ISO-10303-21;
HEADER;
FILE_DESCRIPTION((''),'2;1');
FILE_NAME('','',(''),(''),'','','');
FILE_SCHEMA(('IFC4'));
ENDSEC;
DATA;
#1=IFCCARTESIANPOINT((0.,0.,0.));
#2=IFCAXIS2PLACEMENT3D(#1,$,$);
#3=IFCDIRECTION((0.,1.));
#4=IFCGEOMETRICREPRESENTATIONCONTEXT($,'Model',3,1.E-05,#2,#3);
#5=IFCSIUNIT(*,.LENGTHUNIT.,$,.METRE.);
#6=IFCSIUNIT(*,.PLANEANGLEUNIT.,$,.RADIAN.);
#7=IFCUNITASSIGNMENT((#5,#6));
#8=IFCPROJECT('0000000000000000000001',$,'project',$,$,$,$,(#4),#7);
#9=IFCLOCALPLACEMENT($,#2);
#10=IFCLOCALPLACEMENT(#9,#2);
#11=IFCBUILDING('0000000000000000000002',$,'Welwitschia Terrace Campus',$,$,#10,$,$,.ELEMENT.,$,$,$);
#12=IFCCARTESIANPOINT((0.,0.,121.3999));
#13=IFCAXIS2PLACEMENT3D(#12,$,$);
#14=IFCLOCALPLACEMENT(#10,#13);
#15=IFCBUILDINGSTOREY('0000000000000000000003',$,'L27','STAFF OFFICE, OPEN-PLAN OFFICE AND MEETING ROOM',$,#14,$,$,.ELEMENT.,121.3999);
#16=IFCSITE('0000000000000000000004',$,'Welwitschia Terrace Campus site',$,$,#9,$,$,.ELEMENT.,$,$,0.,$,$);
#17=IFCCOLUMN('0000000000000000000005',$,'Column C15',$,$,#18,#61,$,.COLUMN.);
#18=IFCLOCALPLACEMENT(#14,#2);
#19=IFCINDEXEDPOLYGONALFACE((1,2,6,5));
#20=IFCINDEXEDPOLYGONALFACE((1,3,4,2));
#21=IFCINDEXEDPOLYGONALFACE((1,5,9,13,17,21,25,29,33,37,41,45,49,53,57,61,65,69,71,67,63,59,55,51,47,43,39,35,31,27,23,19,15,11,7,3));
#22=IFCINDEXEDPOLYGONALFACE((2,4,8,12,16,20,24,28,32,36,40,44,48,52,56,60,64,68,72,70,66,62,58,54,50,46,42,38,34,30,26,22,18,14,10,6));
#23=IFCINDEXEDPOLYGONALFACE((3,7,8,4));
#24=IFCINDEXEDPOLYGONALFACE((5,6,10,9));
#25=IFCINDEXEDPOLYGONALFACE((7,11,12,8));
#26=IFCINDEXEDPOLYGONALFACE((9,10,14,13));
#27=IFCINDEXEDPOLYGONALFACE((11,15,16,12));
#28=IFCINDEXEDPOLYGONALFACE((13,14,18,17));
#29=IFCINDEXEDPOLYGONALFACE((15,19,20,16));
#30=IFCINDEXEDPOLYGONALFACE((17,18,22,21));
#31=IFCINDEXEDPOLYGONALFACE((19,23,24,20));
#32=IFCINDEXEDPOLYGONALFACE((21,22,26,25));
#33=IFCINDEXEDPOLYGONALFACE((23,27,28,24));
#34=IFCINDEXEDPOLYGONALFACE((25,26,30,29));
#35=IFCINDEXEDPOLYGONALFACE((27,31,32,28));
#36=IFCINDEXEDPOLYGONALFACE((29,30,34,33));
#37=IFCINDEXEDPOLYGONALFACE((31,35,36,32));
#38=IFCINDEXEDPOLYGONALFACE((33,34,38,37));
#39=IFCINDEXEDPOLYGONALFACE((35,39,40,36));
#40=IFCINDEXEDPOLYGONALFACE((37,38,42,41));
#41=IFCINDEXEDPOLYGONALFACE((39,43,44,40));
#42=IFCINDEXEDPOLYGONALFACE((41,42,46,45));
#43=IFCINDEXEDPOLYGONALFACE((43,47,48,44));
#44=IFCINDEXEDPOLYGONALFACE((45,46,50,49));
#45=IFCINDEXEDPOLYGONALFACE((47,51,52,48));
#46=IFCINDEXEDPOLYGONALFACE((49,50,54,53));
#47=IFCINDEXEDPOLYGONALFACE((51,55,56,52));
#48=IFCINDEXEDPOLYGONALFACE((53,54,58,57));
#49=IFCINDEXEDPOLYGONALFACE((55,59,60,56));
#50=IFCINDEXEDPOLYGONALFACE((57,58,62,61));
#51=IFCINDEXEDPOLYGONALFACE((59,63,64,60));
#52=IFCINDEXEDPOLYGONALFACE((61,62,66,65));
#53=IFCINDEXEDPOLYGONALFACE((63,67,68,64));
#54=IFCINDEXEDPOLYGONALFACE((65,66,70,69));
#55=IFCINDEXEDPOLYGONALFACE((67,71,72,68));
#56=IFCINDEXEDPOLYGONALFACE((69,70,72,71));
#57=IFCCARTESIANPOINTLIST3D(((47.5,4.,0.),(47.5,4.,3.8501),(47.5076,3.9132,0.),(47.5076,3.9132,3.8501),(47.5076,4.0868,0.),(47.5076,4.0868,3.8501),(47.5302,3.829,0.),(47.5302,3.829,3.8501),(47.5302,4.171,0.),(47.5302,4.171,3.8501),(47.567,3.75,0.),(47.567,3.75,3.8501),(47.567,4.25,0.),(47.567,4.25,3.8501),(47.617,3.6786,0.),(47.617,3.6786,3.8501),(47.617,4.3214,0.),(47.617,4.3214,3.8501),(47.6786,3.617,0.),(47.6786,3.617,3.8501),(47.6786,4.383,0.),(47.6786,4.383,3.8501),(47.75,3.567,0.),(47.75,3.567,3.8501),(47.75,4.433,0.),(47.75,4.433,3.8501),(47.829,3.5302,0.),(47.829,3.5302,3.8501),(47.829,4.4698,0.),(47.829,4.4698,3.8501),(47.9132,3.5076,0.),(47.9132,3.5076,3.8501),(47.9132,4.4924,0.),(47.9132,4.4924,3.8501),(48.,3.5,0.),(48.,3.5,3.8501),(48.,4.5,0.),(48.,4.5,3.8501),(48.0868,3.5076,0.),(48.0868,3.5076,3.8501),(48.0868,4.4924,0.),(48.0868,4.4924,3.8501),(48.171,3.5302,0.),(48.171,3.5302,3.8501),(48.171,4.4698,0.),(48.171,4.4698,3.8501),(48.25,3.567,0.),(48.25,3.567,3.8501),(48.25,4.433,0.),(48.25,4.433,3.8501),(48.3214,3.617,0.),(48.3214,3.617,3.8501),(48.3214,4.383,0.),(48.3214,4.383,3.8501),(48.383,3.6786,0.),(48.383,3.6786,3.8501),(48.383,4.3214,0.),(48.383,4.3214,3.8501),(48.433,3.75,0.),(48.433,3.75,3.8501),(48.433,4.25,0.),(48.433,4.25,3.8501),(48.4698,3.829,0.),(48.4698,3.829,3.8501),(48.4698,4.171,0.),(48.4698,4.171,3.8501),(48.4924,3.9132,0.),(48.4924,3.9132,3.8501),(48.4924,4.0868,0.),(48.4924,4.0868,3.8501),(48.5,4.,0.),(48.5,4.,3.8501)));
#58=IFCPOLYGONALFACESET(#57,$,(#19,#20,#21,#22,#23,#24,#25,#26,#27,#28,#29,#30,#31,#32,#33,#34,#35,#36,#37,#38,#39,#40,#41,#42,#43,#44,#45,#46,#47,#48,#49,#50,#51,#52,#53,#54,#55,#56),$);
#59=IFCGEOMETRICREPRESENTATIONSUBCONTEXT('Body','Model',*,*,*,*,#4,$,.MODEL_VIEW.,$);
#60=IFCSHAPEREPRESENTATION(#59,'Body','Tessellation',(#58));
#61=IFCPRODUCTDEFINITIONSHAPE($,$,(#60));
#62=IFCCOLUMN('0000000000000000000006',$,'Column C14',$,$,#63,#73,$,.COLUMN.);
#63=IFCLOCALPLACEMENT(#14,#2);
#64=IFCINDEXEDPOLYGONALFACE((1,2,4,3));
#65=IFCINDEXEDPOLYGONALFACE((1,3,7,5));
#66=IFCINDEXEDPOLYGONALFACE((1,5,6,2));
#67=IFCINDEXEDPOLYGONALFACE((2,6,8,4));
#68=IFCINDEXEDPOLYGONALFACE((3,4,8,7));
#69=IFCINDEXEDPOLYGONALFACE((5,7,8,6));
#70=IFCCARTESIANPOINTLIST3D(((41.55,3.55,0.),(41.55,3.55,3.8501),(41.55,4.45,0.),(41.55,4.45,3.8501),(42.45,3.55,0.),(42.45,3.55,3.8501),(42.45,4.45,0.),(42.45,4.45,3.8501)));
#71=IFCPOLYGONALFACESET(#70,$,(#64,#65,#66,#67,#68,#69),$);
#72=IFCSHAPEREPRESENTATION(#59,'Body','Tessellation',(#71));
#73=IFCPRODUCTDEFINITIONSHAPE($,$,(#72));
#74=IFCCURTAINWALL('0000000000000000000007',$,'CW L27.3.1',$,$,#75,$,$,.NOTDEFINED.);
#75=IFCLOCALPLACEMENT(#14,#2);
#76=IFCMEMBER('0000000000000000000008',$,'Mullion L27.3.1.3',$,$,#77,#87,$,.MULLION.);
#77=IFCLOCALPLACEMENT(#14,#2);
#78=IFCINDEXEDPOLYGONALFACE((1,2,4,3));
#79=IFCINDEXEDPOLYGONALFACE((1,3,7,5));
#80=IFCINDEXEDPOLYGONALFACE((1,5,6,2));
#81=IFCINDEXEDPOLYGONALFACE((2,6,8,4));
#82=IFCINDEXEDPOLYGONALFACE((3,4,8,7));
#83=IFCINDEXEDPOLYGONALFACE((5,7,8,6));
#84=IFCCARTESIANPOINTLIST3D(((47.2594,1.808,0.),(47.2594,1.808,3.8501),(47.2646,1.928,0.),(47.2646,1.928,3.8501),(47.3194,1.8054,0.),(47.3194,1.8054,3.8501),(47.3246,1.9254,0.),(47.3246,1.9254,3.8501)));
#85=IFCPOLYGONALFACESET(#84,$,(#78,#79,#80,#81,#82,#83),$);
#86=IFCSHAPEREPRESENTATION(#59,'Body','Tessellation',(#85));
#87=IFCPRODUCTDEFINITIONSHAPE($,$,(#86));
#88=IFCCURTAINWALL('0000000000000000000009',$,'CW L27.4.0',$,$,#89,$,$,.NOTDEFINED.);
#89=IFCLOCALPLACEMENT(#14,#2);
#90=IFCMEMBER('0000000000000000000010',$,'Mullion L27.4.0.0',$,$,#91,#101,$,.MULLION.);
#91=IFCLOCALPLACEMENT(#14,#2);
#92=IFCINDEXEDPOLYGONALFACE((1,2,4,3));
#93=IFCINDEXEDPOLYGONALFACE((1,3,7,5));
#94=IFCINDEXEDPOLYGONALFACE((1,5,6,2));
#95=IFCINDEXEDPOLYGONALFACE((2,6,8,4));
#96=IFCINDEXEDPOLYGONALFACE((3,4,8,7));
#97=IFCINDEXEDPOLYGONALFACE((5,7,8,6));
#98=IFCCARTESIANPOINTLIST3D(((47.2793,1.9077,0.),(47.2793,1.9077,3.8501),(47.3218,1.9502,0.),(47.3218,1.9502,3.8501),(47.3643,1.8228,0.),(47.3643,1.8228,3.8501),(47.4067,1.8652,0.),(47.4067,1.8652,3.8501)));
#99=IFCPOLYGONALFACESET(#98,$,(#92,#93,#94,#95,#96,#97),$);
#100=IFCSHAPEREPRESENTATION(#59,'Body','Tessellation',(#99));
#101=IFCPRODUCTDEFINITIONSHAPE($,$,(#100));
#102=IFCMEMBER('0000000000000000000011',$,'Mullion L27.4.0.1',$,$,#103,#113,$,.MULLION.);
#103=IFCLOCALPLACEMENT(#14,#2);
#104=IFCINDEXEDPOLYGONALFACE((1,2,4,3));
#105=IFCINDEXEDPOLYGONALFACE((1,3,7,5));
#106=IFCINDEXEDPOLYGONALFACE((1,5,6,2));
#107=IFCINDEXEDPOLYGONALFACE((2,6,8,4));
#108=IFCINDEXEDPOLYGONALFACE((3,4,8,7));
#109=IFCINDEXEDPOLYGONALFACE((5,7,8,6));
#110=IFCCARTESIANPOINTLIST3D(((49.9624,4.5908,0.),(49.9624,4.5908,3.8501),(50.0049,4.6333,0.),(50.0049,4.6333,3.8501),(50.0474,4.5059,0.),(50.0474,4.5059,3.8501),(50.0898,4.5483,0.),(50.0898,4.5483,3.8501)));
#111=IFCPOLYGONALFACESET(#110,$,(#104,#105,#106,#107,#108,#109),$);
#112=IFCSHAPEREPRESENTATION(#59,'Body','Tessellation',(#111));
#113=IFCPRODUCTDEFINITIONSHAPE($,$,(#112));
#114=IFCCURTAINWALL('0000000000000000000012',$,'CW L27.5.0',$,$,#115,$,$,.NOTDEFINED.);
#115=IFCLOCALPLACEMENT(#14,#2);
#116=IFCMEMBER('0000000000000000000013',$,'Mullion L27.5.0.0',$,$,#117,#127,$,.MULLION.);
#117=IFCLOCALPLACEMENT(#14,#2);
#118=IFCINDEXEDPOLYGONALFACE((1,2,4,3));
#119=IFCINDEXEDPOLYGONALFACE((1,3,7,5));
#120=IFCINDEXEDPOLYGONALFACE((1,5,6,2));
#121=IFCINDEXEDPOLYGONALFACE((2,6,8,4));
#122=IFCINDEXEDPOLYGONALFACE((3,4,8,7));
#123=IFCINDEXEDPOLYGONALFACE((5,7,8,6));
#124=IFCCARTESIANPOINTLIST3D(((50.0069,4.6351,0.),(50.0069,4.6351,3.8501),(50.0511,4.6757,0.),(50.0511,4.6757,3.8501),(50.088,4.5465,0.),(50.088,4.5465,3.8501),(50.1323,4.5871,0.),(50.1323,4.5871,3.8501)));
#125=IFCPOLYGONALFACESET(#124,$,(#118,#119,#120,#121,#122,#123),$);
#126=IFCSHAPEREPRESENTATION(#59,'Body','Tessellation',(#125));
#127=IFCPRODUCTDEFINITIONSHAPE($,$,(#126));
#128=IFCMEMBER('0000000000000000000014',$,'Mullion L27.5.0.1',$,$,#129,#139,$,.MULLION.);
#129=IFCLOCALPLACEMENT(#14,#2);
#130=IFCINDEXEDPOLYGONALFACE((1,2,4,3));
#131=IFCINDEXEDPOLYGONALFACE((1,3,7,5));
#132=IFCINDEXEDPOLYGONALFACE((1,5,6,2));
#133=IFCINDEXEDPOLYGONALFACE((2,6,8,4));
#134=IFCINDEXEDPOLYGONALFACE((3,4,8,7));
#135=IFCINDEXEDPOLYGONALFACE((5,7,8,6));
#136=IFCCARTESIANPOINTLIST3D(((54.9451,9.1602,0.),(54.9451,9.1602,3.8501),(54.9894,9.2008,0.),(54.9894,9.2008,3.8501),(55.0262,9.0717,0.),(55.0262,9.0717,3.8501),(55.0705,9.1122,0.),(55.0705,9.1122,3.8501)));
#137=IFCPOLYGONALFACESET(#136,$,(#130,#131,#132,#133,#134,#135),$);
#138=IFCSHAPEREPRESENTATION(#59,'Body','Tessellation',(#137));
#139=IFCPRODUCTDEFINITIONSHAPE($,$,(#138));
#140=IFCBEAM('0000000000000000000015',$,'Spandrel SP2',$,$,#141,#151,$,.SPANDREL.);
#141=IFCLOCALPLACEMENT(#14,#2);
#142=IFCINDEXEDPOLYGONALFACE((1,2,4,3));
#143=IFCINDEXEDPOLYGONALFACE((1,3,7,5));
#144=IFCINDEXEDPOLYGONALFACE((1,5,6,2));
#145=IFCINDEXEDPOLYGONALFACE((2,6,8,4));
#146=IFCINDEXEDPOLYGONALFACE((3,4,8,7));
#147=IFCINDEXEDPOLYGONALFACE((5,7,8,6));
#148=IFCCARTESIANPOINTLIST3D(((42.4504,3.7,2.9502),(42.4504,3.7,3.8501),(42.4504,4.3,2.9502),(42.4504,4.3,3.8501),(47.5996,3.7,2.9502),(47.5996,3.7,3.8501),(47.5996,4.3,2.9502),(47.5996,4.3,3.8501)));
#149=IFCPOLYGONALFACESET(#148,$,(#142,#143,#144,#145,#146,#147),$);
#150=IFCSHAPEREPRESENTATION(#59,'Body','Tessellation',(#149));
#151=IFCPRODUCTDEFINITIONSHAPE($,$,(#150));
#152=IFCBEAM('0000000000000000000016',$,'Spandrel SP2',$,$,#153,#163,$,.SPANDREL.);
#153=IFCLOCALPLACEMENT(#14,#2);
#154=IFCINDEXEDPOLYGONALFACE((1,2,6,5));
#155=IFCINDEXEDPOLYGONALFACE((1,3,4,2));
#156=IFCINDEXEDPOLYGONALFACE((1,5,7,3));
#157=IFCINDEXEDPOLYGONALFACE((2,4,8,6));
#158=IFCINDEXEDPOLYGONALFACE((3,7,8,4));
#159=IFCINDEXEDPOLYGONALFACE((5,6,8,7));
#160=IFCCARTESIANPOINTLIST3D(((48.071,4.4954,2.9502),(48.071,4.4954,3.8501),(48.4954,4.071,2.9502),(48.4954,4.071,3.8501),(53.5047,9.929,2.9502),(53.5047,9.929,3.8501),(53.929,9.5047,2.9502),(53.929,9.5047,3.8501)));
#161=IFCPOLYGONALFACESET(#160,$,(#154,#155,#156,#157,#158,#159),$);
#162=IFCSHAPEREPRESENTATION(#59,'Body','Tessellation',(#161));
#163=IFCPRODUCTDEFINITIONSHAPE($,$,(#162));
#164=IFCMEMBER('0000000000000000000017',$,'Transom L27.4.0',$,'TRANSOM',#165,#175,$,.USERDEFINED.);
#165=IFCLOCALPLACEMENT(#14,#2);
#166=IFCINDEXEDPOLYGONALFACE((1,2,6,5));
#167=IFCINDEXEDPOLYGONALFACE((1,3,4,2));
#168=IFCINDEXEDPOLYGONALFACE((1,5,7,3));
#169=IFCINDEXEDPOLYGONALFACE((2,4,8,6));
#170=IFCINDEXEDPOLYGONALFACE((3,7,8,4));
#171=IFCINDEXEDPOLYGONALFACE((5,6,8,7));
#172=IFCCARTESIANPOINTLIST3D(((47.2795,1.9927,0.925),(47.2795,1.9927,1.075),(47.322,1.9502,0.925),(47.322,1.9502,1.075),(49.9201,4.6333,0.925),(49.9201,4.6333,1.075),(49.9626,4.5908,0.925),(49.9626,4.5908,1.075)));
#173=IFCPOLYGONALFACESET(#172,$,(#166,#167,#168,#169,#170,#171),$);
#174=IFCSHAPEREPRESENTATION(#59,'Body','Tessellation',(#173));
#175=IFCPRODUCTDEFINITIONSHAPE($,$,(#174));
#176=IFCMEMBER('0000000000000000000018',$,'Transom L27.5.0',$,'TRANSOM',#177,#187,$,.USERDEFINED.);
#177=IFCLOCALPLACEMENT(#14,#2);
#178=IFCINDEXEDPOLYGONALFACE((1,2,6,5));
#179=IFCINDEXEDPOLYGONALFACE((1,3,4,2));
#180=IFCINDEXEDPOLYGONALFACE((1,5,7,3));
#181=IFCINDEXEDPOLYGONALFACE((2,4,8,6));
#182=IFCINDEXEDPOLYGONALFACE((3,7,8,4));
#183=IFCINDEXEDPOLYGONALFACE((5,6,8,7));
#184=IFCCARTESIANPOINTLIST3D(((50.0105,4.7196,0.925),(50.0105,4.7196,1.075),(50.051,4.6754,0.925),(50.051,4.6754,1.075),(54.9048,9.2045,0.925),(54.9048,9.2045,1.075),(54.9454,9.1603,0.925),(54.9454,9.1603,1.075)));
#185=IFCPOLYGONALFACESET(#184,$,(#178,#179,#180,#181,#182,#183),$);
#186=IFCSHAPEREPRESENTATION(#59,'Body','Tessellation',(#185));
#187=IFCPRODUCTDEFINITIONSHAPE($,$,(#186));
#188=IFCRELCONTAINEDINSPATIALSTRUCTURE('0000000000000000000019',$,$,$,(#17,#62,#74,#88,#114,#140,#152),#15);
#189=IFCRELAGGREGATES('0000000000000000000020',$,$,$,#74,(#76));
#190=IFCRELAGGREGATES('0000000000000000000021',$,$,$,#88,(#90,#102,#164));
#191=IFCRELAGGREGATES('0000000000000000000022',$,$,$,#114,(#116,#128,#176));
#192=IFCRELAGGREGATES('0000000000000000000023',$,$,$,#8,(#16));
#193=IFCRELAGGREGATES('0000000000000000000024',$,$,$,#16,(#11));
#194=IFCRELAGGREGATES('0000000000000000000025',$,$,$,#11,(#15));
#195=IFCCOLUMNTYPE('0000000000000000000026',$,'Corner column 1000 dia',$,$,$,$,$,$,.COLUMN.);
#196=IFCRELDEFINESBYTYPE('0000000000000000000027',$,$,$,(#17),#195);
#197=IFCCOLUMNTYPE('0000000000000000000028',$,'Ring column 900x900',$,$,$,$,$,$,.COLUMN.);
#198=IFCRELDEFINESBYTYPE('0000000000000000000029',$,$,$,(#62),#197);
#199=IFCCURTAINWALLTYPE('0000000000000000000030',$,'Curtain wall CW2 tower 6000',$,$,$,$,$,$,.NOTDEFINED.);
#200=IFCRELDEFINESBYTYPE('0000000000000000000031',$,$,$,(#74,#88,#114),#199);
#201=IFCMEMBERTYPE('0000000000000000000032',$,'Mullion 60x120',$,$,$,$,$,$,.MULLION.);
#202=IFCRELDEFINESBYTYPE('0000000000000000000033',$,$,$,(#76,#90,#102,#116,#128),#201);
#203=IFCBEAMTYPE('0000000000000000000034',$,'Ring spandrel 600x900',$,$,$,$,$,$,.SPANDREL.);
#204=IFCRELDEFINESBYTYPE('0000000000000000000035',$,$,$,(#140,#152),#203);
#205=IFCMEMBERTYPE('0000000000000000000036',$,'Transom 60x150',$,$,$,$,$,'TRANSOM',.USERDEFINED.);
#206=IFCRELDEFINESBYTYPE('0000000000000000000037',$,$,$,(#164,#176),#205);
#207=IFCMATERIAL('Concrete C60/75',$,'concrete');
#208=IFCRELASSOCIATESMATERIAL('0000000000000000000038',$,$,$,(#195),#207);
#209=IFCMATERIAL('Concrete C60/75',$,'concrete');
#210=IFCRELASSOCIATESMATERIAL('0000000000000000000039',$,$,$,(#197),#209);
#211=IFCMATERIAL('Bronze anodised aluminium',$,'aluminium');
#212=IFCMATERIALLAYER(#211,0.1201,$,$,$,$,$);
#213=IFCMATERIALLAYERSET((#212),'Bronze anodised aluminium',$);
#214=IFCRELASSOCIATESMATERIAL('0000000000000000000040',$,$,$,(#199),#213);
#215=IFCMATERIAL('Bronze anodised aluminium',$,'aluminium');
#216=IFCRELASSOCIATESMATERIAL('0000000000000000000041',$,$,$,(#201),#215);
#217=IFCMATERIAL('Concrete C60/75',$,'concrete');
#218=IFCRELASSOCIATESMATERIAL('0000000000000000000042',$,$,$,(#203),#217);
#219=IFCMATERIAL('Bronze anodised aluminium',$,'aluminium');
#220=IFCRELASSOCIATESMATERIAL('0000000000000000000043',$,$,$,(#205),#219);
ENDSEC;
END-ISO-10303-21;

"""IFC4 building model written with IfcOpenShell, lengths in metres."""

from ifc_helpers import new_model, si_unit, direction, frame, origin, origin_2d, place, context, subcontext, project, spatial, rectangle, circle, extrude, material, layer, layer_set, material_profile, profile_set, type_object, element, aggregate, save


model = new_model("IFC4")

# Units and contexts
model_context = context("Model", 3, precision=1e-05, world=origin(), true_north=direction((0.0, 1.0)))
body_context = subcontext(model_context, "Body", "Model", "MODEL_VIEW")
ifc_project = project(units=[si_unit("LENGTHUNIT", "METRE"), si_unit("PLANEANGLEUNIT", "RADIAN")], contexts=[model_context])

# Site, building, storey
site_placement = place(None, origin())
site = spatial("IfcSite", under=ifc_project, at=site_placement, Name="Welwitschia Terrace Campus site", CompositionType="ELEMENT", RefElevation=0.0)
building_placement = place(site_placement, origin())
building = spatial("IfcBuilding", under=site, at=building_placement, Name="Welwitschia Terrace Campus", CompositionType="ELEMENT")
storey_placement = place(building_placement, frame((0.0, 0.0, 121.3999)))
storey = spatial("IfcBuildingStorey", under=building, at=storey_placement, Name="L27", Description="STAFF OFFICE, OPEN-PLAN OFFICE AND MEETING ROOM", CompositionType="ELEMENT", Elevation=121.3999)

# Columns
ifc_material_1 = material(Name="Concrete C60/75", Category="concrete")
ifc_material_profile_1 = material_profile(ifc_material_1, circle(Radius=0.5, at=origin_2d()))
ifc_profile_set_1 = profile_set([ifc_material_profile_1], Name="Concrete C60/75")
column_type_1 = type_object("IfcColumnType", Name="Corner column 1000 dia", PredefinedType="COLUMN", material=ifc_profile_set_1)
column_1_placement = place(storey_placement, frame((48.0, 4.0, 0.0), z_axis=(0.0, 0.0, 1.0), x_axis=(1.0, 0.0, 0.0)))
element("IfcColumn", 1, at=column_1_placement, inside=storey, type_object=column_type_1, Name="Column C15", PredefinedType="COLUMN", context=body_context, shape_type="SweptSolid", body=[
    extrude(circle(Radius=0.5, at=origin_2d()), origin(), (0.0, 0.0, 1.0), 3.8501),
])
ifc_material_2 = material(Name="Concrete C60/75", Category="concrete")
ifc_material_profile_2 = material_profile(ifc_material_2, rectangle(XDim=0.8999, YDim=0.8999, at=origin_2d()))
ifc_profile_set_2 = profile_set([ifc_material_profile_2], Name="Concrete C60/75")
column_type_2 = type_object("IfcColumnType", Name="Ring column 900x900", PredefinedType="COLUMN", material=ifc_profile_set_2)
column_2_placement = place(storey_placement, frame((42.0, 4.0, 0.0), z_axis=(0.0, 0.0, 1.0), x_axis=(1.0, 0.0, 0.0)))
element("IfcColumn", 2, at=column_2_placement, inside=storey, type_object=column_type_2, Name="Column C14", PredefinedType="COLUMN", context=body_context, shape_type="SweptSolid", body=[
    extrude(rectangle(XDim=0.8999, YDim=0.8999, at=origin_2d()), origin(), (0.0, 0.0, 1.0), 3.8501),
])

# Curtain wall, member
ifc_material_3 = material(Name="Bronze anodised aluminium", Category="aluminium")
ifc_layer_1 = layer(ifc_material_3, 0.1201)
ifc_layer_set_1 = layer_set([ifc_layer_1], Name="Bronze anodised aluminium")
curtain_wall_type = type_object("IfcCurtainWallType", Name="Curtain wall CW2 tower 6000", PredefinedType="NOTDEFINED", material=ifc_layer_set_1)
curtain_wall_1_placement = place(storey_placement, origin())
curtain_wall_1 = element("IfcCurtainWall", 3, at=curtain_wall_1_placement, inside=storey, type_object=curtain_wall_type, Name="CW L27.3.1", PredefinedType="NOTDEFINED")
ifc_material_4 = material(Name="Bronze anodised aluminium", Category="aluminium")
ifc_material_profile_3 = material_profile(ifc_material_4, rectangle(XDim=0.1201, YDim=0.0601, at=origin_2d()))
ifc_profile_set_3 = profile_set([ifc_material_profile_3], Name="Bronze anodised aluminium")
member_type_1 = type_object("IfcMemberType", Name="Mullion 60x120", PredefinedType="MULLION", material=ifc_profile_set_3)
member_1_placement = place(storey_placement, frame((47.292, 1.8667, 0.0), z_axis=(0.0, 0.0, 1.0), x_axis=(0.043619, 0.999048, 0.0)))
member_1 = element("IfcMember", 4, at=member_1_placement, type_object=member_type_1, Name="Mullion L27.3.1.3", PredefinedType="MULLION", context=body_context, shape_type="SweptSolid", body=[
    extrude(rectangle(XDim=0.1201, YDim=0.0601, at=origin_2d()), origin(), (0.0, 0.0, 1.0), 3.8501),
])

# Curtain walls, members
curtain_wall_2_placement = place(storey_placement, origin())
curtain_wall_2 = element("IfcCurtainWall", 5, at=curtain_wall_2_placement, inside=storey, type_object=curtain_wall_type, Name="CW L27.4.0", PredefinedType="NOTDEFINED")
member_2_placement = place(storey_placement, frame((47.343, 1.8865, 0.0), z_axis=(0.0, 0.0, 1.0), x_axis=(-0.707107, 0.707107, 0.0)))
member_2 = element("IfcMember", 6, at=member_2_placement, type_object=member_type_1, Name="Mullion L27.4.0.0", PredefinedType="MULLION", context=body_context, shape_type="SweptSolid", body=[
    extrude(rectangle(XDim=0.1201, YDim=0.0601, at=origin_2d()), origin(), (0.0, 0.0, 1.0), 3.8501),
])
member_3_placement = place(storey_placement, frame((50.0261, 4.5696, 0.0), z_axis=(0.0, 0.0, 1.0), x_axis=(-0.707107, 0.707107, 0.0)))
member_3 = element("IfcMember", 7, at=member_3_placement, type_object=member_type_1, Name="Mullion L27.4.0.1", PredefinedType="MULLION", context=body_context, shape_type="SweptSolid", body=[
    extrude(rectangle(XDim=0.1201, YDim=0.0601, at=origin_2d()), origin(), (0.0, 0.0, 1.0), 3.8501),
])
curtain_wall_3_placement = place(storey_placement, origin())
curtain_wall_3 = element("IfcCurtainWall", 8, at=curtain_wall_3_placement, inside=storey, type_object=curtain_wall_type, Name="CW L27.5.0", PredefinedType="NOTDEFINED")
member_4_placement = place(storey_placement, frame((50.0696, 4.6111, 0.0), z_axis=(0.0, 0.0, 1.0), x_axis=(-0.67559, 0.737277, 0.0)))
member_4 = element("IfcMember", 9, at=member_4_placement, type_object=member_type_1, Name="Mullion L27.5.0.0", PredefinedType="MULLION", context=body_context, shape_type="SweptSolid", body=[
    extrude(rectangle(XDim=0.1201, YDim=0.0601, at=origin_2d()), origin(), (0.0, 0.0, 1.0), 3.8501),
])
member_5_placement = place(storey_placement, frame((55.0078, 9.1362, 0.0), z_axis=(0.0, 0.0, 1.0), x_axis=(-0.67559, 0.737277, 0.0)))
member_5 = element("IfcMember", 10, at=member_5_placement, type_object=member_type_1, Name="Mullion L27.5.0.1", PredefinedType="MULLION", context=body_context, shape_type="SweptSolid", body=[
    extrude(rectangle(XDim=0.1201, YDim=0.0601, at=origin_2d()), origin(), (0.0, 0.0, 1.0), 3.8501),
])

# Beams
ifc_material_5 = material(Name="Concrete C60/75", Category="concrete")
ifc_material_profile_4 = material_profile(ifc_material_5, rectangle(XDim=0.6001, YDim=0.8999, at=origin_2d()))
ifc_profile_set_4 = profile_set([ifc_material_profile_4], Name="Concrete C60/75")
beam_type = type_object("IfcBeamType", Name="Ring spandrel 600x900", PredefinedType="SPANDREL", material=ifc_profile_set_4)
beam_1_placement = place(storey_placement, frame((42.4504, 4.0, 3.4001), z_axis=(1.0, 0.0, 0.0), x_axis=(0.0, 1.0, 0.0)))
element("IfcBeam", 11, at=beam_1_placement, inside=storey, type_object=beam_type, Name="Spandrel SP2", PredefinedType="SPANDREL", context=body_context, shape_type="SweptSolid", body=[
    extrude(rectangle(XDim=0.6001, YDim=0.8999, at=origin_2d()), origin(), (0.0, 0.0, 1.0), 5.1492),
])
beam_2_placement = place(storey_placement, frame((48.2832, 4.2832, 3.4001), z_axis=(0.707107, 0.707107, 0.0), x_axis=(-0.707107, 0.707107, 0.0)))
element("IfcBeam", 12, at=beam_2_placement, inside=storey, type_object=beam_type, Name="Spandrel SP2", PredefinedType="SPANDREL", context=body_context, shape_type="SweptSolid", body=[
    extrude(rectangle(XDim=0.6001, YDim=0.8999, at=origin_2d()), origin(), (0.0, 0.0, 1.0), 7.6843),
])

# Members
ifc_material_6 = material(Name="Bronze anodised aluminium", Category="aluminium")
ifc_material_profile_5 = material_profile(ifc_material_6, rectangle(XDim=0.0601, YDim=0.1499, at=origin_2d()))
ifc_profile_set_5 = profile_set([ifc_material_profile_5], Name="Bronze anodised aluminium")
member_type_2 = type_object("IfcMemberType", Name="Transom 60x150", ElementType="TRANSOM", PredefinedType="USERDEFINED", material=ifc_profile_set_5)
member_6_placement = place(storey_placement, frame((47.3008, 1.9714, 1.0), z_axis=(0.707107, 0.707107, 0.0), x_axis=(-0.707107, 0.707107, 0.0)))
member_6 = element("IfcMember", 13, at=member_6_placement, type_object=member_type_2, Name="Transom L27.4.0", ObjectType="TRANSOM", PredefinedType="USERDEFINED", context=body_context, shape_type="SweptSolid", body=[
    extrude(rectangle(XDim=0.0601, YDim=0.1499, at=origin_2d()), origin(), (0.0, 0.0, 1.0), 3.7344),
])
member_7_placement = place(storey_placement, frame((50.0308, 4.6975, 1.0), z_axis=(0.737272, 0.675596, 0.0), x_axis=(-0.675596, 0.737272, 0.0)))
member_7 = element("IfcMember", 14, at=member_7_placement, type_object=member_type_2, Name="Transom L27.5.0", ObjectType="TRANSOM", PredefinedType="USERDEFINED", context=body_context, shape_type="SweptSolid", body=[
    extrude(rectangle(XDim=0.0601, YDim=0.1499, at=origin_2d()), origin(), (0.0, 0.0, 1.0), 6.6384),
])

aggregate(curtain_wall_1, [member_1])
aggregate(curtain_wall_2, [member_2, member_3, member_6])
aggregate(curtain_wall_3, [member_4, member_5, member_7])

save(model, "model.ifc")
